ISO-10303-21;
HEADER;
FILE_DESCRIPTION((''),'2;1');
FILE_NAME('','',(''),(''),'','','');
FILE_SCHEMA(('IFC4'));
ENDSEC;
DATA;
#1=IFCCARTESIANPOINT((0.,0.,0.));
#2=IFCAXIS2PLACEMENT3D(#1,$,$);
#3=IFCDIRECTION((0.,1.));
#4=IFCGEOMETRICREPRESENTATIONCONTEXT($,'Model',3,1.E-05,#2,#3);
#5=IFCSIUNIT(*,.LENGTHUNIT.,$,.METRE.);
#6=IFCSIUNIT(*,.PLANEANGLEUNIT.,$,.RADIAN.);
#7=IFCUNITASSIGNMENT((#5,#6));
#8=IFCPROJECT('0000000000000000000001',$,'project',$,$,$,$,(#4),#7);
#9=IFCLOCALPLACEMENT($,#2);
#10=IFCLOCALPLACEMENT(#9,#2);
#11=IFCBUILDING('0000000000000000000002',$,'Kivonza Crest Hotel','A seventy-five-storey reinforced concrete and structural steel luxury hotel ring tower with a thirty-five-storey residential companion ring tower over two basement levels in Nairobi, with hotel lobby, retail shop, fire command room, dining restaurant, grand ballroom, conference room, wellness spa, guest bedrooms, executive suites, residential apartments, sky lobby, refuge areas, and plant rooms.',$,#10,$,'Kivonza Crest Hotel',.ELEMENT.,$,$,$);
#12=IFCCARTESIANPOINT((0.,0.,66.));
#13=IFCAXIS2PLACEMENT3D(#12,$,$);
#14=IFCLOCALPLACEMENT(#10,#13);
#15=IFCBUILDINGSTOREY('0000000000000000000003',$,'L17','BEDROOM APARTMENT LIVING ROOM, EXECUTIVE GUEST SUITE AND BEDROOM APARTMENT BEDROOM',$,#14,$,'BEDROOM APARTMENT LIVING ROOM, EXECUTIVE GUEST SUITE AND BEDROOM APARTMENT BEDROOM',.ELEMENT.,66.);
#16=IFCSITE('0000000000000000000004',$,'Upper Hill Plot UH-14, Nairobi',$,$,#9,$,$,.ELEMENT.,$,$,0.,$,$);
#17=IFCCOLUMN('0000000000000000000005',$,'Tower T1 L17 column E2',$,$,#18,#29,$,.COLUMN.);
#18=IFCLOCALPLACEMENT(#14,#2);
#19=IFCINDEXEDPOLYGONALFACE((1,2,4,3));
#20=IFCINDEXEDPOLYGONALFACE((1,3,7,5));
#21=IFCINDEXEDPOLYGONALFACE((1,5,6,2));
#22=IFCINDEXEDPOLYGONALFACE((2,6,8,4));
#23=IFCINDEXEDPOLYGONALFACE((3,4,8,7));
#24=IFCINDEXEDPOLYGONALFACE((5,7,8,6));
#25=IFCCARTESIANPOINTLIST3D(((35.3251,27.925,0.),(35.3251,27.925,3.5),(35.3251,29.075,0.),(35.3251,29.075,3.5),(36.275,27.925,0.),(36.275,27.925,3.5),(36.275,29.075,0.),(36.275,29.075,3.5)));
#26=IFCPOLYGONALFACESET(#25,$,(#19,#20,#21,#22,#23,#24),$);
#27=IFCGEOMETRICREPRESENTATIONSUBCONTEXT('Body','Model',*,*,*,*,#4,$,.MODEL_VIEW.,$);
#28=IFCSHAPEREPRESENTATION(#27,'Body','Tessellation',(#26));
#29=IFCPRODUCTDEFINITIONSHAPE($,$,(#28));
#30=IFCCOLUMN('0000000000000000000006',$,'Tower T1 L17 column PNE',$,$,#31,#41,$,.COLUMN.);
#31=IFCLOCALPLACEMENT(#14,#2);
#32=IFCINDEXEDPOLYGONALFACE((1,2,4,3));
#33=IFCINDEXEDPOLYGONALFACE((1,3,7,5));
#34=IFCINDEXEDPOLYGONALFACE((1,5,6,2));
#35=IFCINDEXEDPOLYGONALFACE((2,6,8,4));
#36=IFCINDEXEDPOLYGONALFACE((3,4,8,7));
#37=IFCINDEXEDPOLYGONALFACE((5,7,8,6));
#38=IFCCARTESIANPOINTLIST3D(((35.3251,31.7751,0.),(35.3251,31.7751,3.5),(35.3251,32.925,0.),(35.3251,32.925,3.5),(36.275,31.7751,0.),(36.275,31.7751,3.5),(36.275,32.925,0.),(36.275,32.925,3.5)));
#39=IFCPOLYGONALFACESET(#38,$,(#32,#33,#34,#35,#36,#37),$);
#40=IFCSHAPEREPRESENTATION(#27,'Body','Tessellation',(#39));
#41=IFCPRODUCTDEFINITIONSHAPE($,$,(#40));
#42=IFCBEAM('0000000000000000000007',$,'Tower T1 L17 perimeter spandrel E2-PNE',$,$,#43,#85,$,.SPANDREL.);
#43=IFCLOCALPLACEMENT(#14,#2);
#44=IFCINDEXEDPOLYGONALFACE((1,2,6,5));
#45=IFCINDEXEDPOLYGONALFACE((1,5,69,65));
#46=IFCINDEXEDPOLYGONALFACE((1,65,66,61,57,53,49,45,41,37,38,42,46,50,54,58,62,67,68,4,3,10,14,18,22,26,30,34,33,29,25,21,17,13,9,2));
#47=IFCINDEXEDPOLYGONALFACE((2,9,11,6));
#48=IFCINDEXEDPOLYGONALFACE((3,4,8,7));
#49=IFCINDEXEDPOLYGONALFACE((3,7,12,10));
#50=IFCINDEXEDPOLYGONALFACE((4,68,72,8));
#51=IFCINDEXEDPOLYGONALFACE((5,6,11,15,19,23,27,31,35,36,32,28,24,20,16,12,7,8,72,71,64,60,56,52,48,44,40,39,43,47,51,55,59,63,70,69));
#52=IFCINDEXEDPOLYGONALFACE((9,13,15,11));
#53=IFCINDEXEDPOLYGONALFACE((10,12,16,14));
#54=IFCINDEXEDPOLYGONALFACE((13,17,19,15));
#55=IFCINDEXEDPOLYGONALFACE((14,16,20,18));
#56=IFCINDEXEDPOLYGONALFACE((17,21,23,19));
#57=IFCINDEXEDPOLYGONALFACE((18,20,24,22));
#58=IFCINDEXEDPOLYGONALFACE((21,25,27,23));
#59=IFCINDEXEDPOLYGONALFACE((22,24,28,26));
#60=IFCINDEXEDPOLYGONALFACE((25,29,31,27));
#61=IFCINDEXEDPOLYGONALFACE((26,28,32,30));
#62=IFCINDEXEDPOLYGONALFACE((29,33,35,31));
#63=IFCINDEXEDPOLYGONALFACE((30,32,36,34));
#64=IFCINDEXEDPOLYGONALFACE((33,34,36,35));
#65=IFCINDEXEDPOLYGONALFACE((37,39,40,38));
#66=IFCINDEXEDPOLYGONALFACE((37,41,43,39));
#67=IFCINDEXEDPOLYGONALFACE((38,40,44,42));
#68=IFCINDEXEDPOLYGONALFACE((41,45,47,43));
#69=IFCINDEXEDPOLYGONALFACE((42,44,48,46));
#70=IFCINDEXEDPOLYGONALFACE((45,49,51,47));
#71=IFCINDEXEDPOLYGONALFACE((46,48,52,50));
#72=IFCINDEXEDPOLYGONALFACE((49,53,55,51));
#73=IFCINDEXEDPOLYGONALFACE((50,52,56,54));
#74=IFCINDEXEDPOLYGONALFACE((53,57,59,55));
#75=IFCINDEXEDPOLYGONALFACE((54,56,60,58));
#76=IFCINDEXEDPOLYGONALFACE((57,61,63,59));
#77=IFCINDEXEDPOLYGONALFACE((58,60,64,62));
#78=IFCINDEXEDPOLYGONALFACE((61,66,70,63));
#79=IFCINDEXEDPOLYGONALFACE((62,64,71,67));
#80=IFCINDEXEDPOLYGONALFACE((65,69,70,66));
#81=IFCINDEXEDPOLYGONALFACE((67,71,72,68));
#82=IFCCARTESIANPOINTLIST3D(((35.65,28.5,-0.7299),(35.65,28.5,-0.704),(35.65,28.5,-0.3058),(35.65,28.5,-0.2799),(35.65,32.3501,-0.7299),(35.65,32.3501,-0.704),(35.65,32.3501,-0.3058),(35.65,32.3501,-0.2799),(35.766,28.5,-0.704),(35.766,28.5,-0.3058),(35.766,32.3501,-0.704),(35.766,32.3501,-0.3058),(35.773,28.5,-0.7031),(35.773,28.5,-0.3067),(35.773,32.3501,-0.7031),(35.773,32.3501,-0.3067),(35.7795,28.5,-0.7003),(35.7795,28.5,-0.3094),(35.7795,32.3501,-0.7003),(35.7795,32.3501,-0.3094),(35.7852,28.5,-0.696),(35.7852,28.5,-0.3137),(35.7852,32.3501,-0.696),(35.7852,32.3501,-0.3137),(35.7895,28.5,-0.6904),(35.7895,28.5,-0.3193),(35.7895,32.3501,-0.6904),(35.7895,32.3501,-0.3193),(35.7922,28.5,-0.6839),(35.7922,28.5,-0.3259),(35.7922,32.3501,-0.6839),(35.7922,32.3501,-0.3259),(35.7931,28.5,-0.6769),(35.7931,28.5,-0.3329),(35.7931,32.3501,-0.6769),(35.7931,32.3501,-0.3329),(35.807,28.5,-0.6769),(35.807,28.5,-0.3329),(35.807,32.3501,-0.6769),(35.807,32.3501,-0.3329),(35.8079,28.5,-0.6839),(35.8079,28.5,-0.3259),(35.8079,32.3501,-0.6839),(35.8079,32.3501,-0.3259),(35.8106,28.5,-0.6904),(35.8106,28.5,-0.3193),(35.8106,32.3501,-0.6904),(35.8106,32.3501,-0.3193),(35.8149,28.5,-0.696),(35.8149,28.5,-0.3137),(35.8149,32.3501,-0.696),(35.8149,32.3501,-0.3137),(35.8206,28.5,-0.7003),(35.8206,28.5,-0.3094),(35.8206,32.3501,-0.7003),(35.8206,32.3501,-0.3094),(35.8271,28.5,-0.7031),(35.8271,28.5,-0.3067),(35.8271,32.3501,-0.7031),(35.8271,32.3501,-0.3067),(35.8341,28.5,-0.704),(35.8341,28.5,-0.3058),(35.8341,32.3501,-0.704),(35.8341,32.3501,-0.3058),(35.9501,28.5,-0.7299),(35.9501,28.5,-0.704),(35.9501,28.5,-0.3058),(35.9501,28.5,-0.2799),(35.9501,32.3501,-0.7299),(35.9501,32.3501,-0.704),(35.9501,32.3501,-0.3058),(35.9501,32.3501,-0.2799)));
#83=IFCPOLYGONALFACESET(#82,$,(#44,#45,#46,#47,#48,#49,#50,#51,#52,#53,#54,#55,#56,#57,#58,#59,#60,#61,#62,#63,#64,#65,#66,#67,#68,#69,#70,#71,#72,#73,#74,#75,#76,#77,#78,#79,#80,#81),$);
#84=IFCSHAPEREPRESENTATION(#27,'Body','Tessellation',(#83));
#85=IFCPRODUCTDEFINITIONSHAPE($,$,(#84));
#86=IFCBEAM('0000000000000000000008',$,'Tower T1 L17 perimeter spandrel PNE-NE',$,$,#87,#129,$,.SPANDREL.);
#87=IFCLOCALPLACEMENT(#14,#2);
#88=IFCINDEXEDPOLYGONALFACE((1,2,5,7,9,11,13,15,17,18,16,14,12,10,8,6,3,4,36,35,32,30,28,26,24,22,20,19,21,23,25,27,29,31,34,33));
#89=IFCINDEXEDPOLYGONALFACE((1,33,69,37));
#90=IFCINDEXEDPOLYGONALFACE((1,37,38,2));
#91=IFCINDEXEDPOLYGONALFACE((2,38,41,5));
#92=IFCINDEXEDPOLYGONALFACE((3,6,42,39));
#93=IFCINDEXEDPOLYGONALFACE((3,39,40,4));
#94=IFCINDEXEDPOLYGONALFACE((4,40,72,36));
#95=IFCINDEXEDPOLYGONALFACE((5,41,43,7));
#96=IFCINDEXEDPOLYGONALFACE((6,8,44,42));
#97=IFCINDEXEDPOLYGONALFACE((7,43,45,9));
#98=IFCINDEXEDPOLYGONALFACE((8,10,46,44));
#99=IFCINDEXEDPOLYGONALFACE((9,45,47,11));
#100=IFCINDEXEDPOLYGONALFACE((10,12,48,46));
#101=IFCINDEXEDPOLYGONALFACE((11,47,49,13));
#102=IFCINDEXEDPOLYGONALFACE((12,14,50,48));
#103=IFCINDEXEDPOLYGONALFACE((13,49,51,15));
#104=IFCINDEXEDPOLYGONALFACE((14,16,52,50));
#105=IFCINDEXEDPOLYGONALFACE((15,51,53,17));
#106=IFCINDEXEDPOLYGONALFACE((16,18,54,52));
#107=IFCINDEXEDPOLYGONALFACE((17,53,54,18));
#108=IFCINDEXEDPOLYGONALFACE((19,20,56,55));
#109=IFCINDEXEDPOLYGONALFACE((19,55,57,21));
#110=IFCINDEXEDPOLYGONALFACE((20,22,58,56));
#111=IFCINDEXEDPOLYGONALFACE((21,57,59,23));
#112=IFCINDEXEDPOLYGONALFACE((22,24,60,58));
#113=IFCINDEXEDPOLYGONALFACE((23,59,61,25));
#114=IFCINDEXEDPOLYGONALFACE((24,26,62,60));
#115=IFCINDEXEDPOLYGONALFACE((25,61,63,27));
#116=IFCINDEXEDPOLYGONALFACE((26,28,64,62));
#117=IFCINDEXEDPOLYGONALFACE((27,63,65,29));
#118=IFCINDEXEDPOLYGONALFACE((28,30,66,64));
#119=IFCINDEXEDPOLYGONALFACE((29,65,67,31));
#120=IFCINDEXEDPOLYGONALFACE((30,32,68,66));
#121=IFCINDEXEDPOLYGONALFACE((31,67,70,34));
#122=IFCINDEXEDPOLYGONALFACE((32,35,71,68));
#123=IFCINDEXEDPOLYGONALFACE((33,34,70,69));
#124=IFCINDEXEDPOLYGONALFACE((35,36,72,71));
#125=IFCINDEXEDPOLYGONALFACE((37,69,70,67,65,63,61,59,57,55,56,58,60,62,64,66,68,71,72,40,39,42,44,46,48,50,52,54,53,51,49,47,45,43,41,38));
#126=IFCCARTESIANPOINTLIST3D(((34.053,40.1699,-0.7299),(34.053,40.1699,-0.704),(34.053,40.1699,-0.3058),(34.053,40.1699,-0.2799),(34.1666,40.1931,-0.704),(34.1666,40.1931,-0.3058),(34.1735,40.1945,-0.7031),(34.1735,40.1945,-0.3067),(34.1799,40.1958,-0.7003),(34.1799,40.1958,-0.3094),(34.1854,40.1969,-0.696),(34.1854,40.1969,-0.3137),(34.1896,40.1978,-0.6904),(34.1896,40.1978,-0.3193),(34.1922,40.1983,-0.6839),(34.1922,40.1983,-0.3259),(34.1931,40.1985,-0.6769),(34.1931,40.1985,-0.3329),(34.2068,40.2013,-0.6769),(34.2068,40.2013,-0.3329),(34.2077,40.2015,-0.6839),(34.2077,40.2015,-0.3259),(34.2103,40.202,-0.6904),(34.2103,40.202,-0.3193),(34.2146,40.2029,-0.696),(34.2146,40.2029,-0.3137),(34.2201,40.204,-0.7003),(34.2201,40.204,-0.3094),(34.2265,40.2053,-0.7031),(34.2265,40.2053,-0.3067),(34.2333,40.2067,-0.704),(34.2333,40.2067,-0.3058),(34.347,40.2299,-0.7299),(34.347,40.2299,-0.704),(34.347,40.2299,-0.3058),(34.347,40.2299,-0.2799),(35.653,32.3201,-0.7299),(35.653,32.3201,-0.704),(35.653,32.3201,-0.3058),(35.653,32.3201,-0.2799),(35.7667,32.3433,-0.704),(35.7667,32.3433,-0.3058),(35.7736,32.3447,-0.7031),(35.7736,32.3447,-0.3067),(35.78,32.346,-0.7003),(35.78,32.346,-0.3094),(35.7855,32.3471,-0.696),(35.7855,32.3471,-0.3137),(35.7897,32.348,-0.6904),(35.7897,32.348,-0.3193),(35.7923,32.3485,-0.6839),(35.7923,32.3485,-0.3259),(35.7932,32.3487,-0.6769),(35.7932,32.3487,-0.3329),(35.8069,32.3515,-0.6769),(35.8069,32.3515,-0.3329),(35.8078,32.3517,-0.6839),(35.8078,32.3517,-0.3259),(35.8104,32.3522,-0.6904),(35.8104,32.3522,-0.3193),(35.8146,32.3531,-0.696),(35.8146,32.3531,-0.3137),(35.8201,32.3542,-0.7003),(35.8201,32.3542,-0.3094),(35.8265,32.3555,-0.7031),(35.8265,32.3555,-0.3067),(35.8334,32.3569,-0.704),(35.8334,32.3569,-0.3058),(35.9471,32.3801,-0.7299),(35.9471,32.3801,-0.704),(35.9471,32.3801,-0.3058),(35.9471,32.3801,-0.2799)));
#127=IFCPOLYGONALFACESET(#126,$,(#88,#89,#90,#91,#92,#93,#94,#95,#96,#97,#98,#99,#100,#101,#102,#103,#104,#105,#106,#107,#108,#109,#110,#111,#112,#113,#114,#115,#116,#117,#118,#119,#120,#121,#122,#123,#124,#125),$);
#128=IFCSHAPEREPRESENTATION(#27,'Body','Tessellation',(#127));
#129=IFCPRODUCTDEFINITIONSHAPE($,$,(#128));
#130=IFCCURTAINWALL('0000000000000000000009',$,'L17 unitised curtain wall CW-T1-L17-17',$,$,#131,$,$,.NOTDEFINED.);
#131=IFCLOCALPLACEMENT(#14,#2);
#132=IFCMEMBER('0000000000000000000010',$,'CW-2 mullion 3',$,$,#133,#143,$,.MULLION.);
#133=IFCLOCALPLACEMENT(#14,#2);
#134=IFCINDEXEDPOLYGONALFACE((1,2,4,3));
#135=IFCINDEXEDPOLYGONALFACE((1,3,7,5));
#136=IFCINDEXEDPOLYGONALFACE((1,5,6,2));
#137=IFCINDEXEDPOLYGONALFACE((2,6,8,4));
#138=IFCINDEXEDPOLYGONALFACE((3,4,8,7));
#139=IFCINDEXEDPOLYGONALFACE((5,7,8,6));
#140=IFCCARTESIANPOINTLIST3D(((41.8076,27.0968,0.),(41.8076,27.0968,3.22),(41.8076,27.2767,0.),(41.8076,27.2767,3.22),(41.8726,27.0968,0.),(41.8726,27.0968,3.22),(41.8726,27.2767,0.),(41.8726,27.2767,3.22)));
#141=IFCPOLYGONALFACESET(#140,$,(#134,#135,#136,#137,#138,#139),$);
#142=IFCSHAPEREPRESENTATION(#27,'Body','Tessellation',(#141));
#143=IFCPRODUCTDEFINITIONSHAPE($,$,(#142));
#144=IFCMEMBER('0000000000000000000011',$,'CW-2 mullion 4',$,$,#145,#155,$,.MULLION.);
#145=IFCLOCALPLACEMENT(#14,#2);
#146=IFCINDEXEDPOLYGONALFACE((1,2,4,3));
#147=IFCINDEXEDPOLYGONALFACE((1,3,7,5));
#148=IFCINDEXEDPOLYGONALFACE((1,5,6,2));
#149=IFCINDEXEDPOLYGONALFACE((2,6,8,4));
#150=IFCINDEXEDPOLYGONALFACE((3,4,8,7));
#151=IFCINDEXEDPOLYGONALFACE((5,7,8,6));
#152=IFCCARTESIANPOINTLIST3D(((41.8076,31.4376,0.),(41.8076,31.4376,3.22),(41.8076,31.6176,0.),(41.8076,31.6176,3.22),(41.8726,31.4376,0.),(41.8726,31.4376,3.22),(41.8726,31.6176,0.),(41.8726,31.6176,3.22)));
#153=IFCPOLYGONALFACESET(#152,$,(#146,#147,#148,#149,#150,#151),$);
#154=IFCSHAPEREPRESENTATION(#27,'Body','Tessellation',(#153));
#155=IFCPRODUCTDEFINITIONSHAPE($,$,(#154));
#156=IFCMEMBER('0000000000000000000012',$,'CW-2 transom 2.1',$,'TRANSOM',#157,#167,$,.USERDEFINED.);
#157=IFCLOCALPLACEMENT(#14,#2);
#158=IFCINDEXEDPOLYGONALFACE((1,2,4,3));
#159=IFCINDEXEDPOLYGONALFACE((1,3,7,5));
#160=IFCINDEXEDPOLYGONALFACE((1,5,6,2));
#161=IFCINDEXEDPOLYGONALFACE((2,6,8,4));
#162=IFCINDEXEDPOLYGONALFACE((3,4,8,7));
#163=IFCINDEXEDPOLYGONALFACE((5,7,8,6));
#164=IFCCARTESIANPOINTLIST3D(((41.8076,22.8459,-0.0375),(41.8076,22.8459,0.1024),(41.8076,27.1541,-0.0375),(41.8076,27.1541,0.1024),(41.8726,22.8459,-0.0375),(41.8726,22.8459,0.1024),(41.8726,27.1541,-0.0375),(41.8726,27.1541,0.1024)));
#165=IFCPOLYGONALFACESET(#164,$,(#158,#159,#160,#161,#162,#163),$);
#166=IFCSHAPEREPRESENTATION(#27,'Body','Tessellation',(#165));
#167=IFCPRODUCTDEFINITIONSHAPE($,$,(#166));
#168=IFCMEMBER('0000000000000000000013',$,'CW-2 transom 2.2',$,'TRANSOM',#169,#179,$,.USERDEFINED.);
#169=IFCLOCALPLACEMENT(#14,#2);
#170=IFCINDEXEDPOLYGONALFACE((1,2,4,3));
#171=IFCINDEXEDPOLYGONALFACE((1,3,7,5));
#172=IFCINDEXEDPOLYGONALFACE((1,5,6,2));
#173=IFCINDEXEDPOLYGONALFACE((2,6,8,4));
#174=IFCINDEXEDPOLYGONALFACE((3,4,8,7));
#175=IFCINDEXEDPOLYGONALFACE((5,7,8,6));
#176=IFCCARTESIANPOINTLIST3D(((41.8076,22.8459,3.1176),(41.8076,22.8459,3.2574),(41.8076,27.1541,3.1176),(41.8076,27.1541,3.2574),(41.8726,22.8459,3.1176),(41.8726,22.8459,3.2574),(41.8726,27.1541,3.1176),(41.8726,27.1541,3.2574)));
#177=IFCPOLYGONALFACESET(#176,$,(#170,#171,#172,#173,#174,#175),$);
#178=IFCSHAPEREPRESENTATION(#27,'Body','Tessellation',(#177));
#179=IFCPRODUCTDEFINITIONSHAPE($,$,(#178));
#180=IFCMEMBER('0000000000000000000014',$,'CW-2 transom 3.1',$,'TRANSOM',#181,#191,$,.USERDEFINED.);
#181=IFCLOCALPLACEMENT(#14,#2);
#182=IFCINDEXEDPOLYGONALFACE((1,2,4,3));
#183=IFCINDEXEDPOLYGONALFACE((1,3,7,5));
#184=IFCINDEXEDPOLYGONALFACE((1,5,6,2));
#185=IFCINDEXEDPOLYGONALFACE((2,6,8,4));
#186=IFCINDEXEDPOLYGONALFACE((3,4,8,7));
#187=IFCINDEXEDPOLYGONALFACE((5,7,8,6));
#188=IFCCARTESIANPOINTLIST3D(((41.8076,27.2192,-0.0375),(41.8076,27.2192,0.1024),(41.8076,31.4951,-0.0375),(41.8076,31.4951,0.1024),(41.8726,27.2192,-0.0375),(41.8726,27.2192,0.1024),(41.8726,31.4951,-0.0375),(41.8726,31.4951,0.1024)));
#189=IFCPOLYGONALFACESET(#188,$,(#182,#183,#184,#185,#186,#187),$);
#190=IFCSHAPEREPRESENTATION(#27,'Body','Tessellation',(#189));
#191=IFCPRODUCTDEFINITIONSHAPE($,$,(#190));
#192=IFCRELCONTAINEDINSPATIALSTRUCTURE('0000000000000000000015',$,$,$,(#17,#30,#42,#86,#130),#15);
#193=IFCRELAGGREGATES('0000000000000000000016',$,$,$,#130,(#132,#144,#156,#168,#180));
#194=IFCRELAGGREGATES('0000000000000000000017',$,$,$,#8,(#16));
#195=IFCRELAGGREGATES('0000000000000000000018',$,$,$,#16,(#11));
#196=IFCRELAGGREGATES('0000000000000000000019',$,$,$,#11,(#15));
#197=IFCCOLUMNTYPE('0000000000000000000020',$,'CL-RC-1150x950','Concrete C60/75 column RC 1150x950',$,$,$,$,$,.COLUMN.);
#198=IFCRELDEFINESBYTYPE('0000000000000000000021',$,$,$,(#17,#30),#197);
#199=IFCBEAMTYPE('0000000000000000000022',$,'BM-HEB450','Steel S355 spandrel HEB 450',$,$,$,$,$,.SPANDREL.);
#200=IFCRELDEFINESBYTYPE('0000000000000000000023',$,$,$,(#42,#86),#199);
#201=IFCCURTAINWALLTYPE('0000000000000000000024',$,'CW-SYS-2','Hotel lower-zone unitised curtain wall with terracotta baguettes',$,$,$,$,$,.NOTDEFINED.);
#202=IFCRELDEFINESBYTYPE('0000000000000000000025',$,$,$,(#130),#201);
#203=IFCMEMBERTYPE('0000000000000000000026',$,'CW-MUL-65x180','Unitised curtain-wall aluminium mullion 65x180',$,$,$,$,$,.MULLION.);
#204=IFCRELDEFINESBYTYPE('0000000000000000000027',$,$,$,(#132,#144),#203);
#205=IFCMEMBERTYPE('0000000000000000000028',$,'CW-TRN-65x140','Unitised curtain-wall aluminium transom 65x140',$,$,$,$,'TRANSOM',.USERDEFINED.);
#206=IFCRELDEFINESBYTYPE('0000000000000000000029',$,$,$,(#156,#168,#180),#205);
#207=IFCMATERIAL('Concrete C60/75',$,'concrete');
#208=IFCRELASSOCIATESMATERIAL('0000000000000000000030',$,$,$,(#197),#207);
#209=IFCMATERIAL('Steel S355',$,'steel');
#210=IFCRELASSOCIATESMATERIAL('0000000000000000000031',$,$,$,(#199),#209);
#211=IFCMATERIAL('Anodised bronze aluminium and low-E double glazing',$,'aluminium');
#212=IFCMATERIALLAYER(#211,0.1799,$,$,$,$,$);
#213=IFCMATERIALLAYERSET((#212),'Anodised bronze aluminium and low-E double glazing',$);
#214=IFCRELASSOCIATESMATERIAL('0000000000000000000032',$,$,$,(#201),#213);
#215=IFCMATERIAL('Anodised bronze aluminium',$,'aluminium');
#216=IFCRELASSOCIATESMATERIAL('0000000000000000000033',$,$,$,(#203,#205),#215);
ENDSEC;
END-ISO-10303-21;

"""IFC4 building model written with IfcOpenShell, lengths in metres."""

from ifc_helpers import new_model, si_unit, direction, frame, origin, origin_2d, place, context, subcontext, project, spatial, rectangle, i_section, extrude, material, layer, layer_set, material_profile, profile_set, type_object, element, aggregate, save


model = new_model("IFC4")

# Units and contexts
model_context = context("Model", 3, precision=1e-05, world=origin(), true_north=direction((0.0, 1.0)))
body_context = subcontext(model_context, "Body", "Model", "MODEL_VIEW")
ifc_project = project(units=[si_unit("LENGTHUNIT", "METRE"), si_unit("PLANEANGLEUNIT", "RADIAN")], contexts=[model_context])

# Site, building, storey
site_placement = place(None, origin())
site = spatial("IfcSite", under=ifc_project, at=site_placement, Name="Upper Hill Plot UH-14, Nairobi", CompositionType="ELEMENT", RefElevation=0.0)
building_placement = place(site_placement, origin())
building = spatial("IfcBuilding", under=site, at=building_placement, Name="Kivonza Crest Hotel", Description="A seventy-five-storey reinforced concrete and structural steel luxury hotel ring tower with a thirty-five-storey residential companion ring tower over two basement levels in Nairobi, with hotel lobby, retail shop, fire command room, dining restaurant, grand ballroom, conference room, wellness spa, guest bedrooms, executive suites, residential apartments, sky lobby, refuge areas, and plant rooms.", LongName="Kivonza Crest Hotel", CompositionType="ELEMENT")
storey_placement = place(building_placement, frame((0.0, 0.0, 66.0)))
storey = spatial("IfcBuildingStorey", under=building, at=storey_placement, Name="L17", Description="BEDROOM APARTMENT LIVING ROOM, EXECUTIVE GUEST SUITE AND BEDROOM APARTMENT BEDROOM", LongName="BEDROOM APARTMENT LIVING ROOM, EXECUTIVE GUEST SUITE AND BEDROOM APARTMENT BEDROOM", CompositionType="ELEMENT", Elevation=66.0)

# Columns
ifc_material_1 = material(Name="Concrete C60/75", Category="concrete")
ifc_material_profile_1 = material_profile(ifc_material_1, rectangle(XDim=0.95, YDim=1.1499, at=origin_2d()), Name="RC 1150x950")
ifc_profile_set_1 = profile_set([ifc_material_profile_1], Name="Concrete C60/75")
column_type = type_object("IfcColumnType", Name="CL-RC-1150x950", Description="Concrete C60/75 column RC 1150x950", PredefinedType="COLUMN", material=ifc_profile_set_1)
for number, where, z_axis, x_axis, name in (
    (1, (35.8, 28.5, 0.0), (0.0, 0.0, 1.0), (1.0, 0.0, 0.0), "Tower T1 L17 column E2"),
    (2, (35.8, 32.3501, 0.0), (0.0, 0.0, 1.0), (1.0, 0.0, 0.0), "Tower T1 L17 column PNE"),
):
    element("IfcColumn", number, at=place(storey_placement, frame(where, z_axis=z_axis, x_axis=x_axis)), inside=storey, type_object=column_type, Name=name, PredefinedType="COLUMN", context=body_context, shape_type="SweptSolid", body=[
        extrude(rectangle(XDim=0.95, YDim=1.1499, at=origin_2d()), origin(), (0.0, 0.0, 1.0), 3.5),
    ])

# Beams
ifc_material_2 = material(Name="Steel S355", Category="steel")
ifc_material_profile_2 = material_profile(ifc_material_2, i_section(OverallWidth=0.3, OverallDepth=0.45, WebThickness=0.0139, FlangeThickness=0.0259, FilletRadius=0.0271, at=origin_2d()), Name="HEB 450")
ifc_profile_set_2 = profile_set([ifc_material_profile_2], Name="Steel S355")
beam_type = type_object("IfcBeamType", Name="BM-HEB450", Description="Steel S355 spandrel HEB 450", PredefinedType="SPANDREL", material=ifc_profile_set_2)
beam_1_placement = place(storey_placement, frame((35.8, 28.5, -0.5049), z_axis=(0.0, 1.0, 0.0), x_axis=(-1.0, 0.0, 0.0)))
element("IfcBeam", 3, at=beam_1_placement, inside=storey, type_object=beam_type, Name="Tower T1 L17 perimeter spandrel E2-PNE", PredefinedType="SPANDREL", context=body_context, shape_type="SweptSolid", body=[
    extrude(i_section(OverallWidth=0.3, OverallDepth=0.45, WebThickness=0.0139, FlangeThickness=0.0259, FilletRadius=0.0271, at=origin_2d()), origin(), (0.0, 0.0, 1.0), 3.8501),
])
beam_2_placement = place(storey_placement, frame((35.8, 32.3501, -0.5049), z_axis=(-0.199731, 0.979851, 0.0), x_axis=(-0.979851, -0.199731, 0.0)))
element("IfcBeam", 4, at=beam_2_placement, inside=storey, type_object=beam_type, Name="Tower T1 L17 perimeter spandrel PNE-NE", PredefinedType="SPANDREL", context=body_context, shape_type="SweptSolid", body=[
    extrude(i_section(OverallWidth=0.3, OverallDepth=0.45, WebThickness=0.0139, FlangeThickness=0.0259, FilletRadius=0.0271, at=origin_2d()), origin(), (0.0, 0.0, 1.0), 8.0112),
])

# Curtain wall, members
ifc_material_3 = material(Name="Anodised bronze aluminium and low-E double glazing", Category="aluminium")
ifc_layer_1 = layer(ifc_material_3, 0.1799)
ifc_layer_set_1 = layer_set([ifc_layer_1], Name="Anodised bronze aluminium and low-E double glazing")
curtain_wall_type = type_object("IfcCurtainWallType", Name="CW-SYS-2", Description="Hotel lower-zone unitised curtain wall with terracotta baguettes", PredefinedType="NOTDEFINED", material=ifc_layer_set_1)
curtain_wall_placement = place(storey_placement, origin())
curtain_wall = element("IfcCurtainWall", 5, at=curtain_wall_placement, inside=storey, type_object=curtain_wall_type, Name="L17 unitised curtain wall CW-T1-L17-17", PredefinedType="NOTDEFINED")
ifc_material_4 = material(Name="Anodised bronze aluminium", Category="aluminium")
ifc_material_profile_3 = material_profile(ifc_material_4, rectangle(XDim=0.0649, YDim=0.1799, at=origin_2d()), Name="CW-M 65x180")
ifc_profile_set_3 = profile_set([ifc_material_profile_3], Name="Anodised bronze aluminium")
member_type_1 = type_object("IfcMemberType", Name="CW-MUL-65x180", Description="Unitised curtain-wall aluminium mullion 65x180", PredefinedType="MULLION", material=ifc_profile_set_3)
member_1_placement = place(storey_placement, frame((41.8401, 27.1868, 0.0), z_axis=(0.0, 0.0, 1.0), x_axis=(-1.0, 0.0, 0.0)))
member_1 = element("IfcMember", 6, at=member_1_placement, type_object=member_type_1, Name="CW-2 mullion 3", PredefinedType="MULLION", context=body_context, shape_type="SweptSolid", body=[
    extrude(rectangle(XDim=0.0649, YDim=0.1799, at=origin_2d()), origin(), (0.0, 0.0, 1.0), 3.22),
])
member_2_placement = place(storey_placement, frame((41.8401, 31.5276, 0.0), z_axis=(0.0, 0.0, 1.0), x_axis=(-1.0, 0.0, 0.0)))
member_2 = element("IfcMember", 7, at=member_2_placement, type_object=member_type_1, Name="CW-2 mullion 4", PredefinedType="MULLION", context=body_context, shape_type="SweptSolid", body=[
    extrude(rectangle(XDim=0.0649, YDim=0.1799, at=origin_2d()), origin(), (0.0, 0.0, 1.0), 3.22),
])
ifc_material_profile_4 = material_profile(ifc_material_4, rectangle(XDim=0.0649, YDim=0.1399, at=origin_2d()), Name="CW-T 65x140")
ifc_profile_set_4 = profile_set([ifc_material_profile_4], Name="Anodised bronze aluminium")
member_type_2 = type_object("IfcMemberType", Name="CW-TRN-65x140", Description="Unitised curtain-wall aluminium transom 65x140", ElementType="TRANSOM", PredefinedType="USERDEFINED", material=ifc_profile_set_4)
member_3_placement = place(storey_placement, frame((41.8401, 22.8459, 0.0325), z_axis=(0.0, 1.0, 0.0), x_axis=(-1.0, 0.0, 0.0)))
member_3 = element("IfcMember", 8, at=member_3_placement, type_object=member_type_2, Name="CW-2 transom 2.1", ObjectType="TRANSOM", PredefinedType="USERDEFINED", context=body_context, shape_type="SweptSolid", body=[
    extrude(rectangle(XDim=0.0649, YDim=0.1399, at=origin_2d()), origin(), (0.0, 0.0, 1.0), 4.3081),
])
member_4_placement = place(storey_placement, frame((41.8401, 22.8459, 3.1875), z_axis=(0.0, 1.0, 0.0), x_axis=(-1.0, 0.0, 0.0)))
member_4 = element("IfcMember", 9, at=member_4_placement, type_object=member_type_2, Name="CW-2 transom 2.2", ObjectType="TRANSOM", PredefinedType="USERDEFINED", context=body_context, shape_type="SweptSolid", body=[
    extrude(rectangle(XDim=0.0649, YDim=0.1399, at=origin_2d()), origin(), (0.0, 0.0, 1.0), 4.3081),
])
member_5_placement = place(storey_placement, frame((41.8401, 27.2192, 0.0325), z_axis=(0.0, 1.0, 0.0), x_axis=(-1.0, 0.0, 0.0)))
member_5 = element("IfcMember", 10, at=member_5_placement, type_object=member_type_2, Name="CW-2 transom 3.1", ObjectType="TRANSOM", PredefinedType="USERDEFINED", context=body_context, shape_type="SweptSolid", body=[
    extrude(rectangle(XDim=0.0649, YDim=0.1399, at=origin_2d()), origin(), (0.0, 0.0, 1.0), 4.2759),
])
aggregate(curtain_wall, [member_1, member_2, member_3, member_4, member_5])

save(model, "model.ifc")
